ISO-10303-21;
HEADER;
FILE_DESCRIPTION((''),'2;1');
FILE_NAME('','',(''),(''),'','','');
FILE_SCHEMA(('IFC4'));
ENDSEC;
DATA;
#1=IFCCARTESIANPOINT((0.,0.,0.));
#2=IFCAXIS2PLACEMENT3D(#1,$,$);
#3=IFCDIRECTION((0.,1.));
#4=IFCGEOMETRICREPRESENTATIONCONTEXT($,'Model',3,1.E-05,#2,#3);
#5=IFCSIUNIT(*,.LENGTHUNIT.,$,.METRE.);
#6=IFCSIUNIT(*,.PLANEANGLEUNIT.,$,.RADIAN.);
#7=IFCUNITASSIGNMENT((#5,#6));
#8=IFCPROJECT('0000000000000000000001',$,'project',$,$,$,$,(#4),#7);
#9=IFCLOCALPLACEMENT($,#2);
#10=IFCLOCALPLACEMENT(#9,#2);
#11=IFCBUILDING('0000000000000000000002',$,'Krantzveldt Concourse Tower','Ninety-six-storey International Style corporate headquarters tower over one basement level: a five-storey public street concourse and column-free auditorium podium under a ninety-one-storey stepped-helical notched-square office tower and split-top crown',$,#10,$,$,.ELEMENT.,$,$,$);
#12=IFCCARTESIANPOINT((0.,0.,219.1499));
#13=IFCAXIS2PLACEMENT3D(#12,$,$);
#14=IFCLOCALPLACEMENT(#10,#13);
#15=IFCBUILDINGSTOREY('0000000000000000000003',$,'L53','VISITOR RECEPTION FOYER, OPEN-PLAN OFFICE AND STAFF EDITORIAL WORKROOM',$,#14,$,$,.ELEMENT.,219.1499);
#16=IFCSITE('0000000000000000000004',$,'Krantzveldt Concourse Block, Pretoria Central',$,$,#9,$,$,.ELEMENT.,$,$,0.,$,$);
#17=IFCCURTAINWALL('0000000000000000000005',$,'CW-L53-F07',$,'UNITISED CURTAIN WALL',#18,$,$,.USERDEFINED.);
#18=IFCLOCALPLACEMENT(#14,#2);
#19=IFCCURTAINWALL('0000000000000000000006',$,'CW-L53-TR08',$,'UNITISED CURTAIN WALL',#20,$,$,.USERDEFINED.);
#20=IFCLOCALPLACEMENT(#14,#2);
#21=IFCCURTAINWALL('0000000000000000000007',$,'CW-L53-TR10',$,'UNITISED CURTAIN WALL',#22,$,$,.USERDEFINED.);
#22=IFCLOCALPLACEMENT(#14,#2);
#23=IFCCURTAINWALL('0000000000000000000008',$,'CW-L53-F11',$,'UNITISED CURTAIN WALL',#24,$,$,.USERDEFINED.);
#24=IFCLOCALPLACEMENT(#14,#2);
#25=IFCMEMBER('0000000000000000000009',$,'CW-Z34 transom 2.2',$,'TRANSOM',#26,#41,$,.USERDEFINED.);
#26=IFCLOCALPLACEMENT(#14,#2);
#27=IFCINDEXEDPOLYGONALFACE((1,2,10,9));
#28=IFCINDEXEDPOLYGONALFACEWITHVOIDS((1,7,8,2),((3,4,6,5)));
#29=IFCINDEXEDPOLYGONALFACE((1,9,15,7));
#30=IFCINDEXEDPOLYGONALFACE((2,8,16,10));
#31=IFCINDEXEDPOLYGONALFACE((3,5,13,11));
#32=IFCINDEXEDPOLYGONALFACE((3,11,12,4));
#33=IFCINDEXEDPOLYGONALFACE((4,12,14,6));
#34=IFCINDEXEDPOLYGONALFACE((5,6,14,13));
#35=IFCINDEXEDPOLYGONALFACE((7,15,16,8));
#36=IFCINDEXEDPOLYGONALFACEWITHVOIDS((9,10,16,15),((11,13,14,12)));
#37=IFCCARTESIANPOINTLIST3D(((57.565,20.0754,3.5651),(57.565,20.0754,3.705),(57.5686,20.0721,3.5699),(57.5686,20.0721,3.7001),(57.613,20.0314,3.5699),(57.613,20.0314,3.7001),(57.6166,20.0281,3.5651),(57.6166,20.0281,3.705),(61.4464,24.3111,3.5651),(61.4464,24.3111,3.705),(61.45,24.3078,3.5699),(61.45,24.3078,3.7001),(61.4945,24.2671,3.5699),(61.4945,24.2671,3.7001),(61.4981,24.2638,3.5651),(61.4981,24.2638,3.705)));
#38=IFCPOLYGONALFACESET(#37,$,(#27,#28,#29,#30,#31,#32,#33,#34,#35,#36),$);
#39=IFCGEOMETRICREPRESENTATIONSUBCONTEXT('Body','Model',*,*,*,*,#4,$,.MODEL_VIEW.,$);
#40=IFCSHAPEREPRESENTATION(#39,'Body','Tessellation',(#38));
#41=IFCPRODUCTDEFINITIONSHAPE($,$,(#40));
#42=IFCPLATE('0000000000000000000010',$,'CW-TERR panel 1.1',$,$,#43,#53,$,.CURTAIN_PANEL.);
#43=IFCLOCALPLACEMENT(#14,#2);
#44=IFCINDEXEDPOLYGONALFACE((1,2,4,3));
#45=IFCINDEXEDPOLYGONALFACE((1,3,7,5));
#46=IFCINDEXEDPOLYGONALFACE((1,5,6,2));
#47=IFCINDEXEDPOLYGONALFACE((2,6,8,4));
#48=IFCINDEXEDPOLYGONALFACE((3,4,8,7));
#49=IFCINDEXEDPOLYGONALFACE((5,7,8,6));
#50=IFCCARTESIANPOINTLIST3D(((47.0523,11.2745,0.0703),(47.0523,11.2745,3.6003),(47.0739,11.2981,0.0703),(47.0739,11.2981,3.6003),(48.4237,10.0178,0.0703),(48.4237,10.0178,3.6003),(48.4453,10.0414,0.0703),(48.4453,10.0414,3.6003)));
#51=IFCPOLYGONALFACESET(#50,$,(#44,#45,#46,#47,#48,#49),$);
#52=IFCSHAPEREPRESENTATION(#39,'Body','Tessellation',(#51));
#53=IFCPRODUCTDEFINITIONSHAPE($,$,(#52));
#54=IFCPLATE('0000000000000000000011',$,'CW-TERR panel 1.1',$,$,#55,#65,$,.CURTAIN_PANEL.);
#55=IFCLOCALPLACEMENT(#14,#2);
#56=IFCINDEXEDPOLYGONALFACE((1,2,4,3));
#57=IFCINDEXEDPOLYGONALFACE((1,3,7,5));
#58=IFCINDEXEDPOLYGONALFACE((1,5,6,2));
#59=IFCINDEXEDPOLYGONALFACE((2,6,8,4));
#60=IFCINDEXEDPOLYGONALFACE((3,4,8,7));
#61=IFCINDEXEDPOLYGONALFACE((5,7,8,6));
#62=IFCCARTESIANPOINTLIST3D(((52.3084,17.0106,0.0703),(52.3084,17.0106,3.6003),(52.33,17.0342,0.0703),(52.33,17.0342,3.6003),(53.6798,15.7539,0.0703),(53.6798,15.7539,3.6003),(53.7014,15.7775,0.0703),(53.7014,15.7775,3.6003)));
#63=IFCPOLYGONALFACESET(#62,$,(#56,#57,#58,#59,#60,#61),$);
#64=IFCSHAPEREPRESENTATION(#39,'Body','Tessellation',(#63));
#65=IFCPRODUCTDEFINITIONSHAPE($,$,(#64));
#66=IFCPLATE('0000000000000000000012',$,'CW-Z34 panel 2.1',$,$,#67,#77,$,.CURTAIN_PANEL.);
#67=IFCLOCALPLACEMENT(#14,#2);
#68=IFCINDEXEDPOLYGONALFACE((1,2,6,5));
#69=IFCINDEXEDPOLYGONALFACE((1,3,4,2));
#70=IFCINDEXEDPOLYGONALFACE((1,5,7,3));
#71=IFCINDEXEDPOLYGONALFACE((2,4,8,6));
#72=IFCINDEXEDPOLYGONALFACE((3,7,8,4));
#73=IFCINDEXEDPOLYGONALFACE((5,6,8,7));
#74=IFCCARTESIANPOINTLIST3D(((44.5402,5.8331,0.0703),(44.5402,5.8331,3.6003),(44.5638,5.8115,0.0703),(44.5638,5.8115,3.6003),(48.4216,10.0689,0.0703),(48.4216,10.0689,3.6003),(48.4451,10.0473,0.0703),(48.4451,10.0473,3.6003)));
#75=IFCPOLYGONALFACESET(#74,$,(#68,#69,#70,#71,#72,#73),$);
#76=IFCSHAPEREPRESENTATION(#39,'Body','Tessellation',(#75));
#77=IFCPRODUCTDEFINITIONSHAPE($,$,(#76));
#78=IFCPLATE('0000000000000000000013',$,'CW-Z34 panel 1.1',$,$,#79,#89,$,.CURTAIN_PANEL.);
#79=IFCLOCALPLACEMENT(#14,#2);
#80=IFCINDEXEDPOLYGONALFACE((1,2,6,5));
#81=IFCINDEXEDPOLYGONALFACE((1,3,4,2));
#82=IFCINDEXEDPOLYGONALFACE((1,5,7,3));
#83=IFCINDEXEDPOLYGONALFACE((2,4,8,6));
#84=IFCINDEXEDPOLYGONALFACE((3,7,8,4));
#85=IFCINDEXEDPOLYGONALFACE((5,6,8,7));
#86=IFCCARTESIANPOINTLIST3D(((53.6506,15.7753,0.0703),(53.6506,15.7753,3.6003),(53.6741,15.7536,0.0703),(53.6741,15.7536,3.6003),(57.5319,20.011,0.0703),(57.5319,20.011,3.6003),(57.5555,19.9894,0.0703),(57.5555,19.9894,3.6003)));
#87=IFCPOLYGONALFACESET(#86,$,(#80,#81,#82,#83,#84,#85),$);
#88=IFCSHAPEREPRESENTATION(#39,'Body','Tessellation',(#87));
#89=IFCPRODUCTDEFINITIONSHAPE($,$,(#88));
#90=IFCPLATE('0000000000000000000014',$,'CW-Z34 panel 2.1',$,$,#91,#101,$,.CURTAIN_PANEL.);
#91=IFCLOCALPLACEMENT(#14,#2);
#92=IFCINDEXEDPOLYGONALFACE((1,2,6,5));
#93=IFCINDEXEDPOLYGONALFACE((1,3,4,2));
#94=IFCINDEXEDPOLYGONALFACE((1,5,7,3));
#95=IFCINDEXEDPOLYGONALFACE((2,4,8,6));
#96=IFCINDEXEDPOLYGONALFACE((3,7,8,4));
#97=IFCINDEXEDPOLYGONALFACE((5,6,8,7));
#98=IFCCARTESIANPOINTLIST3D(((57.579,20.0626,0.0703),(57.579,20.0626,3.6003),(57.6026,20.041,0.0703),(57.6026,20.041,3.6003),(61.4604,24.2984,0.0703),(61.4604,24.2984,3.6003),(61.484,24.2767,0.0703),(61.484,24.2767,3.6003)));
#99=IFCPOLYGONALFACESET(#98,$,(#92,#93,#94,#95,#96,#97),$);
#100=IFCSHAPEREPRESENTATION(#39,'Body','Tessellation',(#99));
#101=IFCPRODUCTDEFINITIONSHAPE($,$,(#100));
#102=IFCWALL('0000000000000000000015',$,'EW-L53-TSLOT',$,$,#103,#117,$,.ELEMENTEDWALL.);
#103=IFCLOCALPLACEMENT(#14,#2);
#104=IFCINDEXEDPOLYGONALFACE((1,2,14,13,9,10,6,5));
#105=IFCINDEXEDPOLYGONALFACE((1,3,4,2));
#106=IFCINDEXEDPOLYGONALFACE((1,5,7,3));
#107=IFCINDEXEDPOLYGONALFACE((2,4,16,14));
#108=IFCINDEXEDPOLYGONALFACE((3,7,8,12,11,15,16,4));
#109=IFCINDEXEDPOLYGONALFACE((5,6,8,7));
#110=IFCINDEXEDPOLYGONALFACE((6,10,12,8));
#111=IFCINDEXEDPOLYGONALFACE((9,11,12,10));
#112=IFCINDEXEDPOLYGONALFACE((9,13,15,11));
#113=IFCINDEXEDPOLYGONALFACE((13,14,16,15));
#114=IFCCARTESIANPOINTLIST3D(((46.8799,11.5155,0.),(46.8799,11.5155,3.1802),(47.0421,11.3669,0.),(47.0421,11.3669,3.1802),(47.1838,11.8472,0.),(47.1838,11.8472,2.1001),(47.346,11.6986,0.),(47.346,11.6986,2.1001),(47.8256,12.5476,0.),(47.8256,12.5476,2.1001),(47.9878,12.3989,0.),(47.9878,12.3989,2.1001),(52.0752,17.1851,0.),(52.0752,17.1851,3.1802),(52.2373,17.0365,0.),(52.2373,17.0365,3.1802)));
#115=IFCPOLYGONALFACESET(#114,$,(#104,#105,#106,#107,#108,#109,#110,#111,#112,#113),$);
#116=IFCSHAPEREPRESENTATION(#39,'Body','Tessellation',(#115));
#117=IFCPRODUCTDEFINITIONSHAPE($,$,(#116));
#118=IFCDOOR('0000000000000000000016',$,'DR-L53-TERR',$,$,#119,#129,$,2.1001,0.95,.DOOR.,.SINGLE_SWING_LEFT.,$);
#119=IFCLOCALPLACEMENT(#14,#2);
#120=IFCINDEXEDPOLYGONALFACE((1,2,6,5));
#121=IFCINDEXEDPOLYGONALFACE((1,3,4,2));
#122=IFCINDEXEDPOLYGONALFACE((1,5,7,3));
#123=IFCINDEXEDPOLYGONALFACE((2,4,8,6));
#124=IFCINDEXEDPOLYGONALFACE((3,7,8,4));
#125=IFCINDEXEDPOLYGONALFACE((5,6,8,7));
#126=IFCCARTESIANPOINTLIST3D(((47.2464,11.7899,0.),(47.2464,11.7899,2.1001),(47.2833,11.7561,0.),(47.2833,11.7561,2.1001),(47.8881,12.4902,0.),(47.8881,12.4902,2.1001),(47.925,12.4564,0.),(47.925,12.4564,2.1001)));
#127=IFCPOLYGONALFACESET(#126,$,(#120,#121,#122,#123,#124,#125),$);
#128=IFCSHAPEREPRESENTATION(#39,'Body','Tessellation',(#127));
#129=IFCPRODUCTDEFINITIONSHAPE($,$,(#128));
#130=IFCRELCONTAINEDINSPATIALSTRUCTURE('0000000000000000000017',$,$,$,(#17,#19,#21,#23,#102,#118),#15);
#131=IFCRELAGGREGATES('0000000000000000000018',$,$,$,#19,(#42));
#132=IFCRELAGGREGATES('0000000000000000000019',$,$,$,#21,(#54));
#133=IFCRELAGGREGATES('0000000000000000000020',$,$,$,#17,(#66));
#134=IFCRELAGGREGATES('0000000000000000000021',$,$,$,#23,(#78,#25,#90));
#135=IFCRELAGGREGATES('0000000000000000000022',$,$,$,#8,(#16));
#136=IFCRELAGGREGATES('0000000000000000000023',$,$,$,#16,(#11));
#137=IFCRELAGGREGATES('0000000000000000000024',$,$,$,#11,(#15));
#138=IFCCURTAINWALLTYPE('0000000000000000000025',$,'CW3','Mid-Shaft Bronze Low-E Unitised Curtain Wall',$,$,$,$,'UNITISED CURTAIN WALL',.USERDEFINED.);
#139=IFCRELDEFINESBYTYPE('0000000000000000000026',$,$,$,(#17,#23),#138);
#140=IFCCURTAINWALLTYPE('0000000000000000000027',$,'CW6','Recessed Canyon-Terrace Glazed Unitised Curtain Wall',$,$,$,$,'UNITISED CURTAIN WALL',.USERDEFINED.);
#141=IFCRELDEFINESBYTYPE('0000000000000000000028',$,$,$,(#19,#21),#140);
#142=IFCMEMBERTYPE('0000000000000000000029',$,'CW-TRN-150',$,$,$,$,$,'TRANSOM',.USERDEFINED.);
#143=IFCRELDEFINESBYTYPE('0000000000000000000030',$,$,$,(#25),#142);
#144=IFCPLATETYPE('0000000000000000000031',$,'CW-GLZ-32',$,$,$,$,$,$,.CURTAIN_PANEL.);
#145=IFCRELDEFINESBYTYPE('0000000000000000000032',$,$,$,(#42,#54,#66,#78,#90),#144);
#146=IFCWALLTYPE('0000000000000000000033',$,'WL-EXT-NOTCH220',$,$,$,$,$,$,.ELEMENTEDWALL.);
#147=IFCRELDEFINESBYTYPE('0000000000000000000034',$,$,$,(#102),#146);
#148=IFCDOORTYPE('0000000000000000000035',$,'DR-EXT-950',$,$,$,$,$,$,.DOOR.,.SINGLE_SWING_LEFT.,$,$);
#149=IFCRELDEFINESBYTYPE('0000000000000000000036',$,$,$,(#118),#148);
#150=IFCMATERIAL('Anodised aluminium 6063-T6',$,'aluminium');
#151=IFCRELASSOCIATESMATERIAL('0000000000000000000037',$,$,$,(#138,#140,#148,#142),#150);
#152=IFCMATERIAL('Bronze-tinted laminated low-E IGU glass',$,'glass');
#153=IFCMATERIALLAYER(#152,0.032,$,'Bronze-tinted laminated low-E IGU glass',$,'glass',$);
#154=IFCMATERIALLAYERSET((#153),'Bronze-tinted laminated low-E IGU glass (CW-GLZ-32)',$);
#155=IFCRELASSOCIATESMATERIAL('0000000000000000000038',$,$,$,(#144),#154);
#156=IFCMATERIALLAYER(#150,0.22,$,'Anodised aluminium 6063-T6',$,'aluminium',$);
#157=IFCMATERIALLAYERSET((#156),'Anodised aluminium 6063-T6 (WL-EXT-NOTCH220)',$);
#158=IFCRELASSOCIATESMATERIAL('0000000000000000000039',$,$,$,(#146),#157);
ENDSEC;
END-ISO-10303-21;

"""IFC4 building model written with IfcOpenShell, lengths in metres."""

from ifc_helpers import new_model, si_unit, direction, frame, frame_2d, origin, origin_2d, place, context, subcontext, project, spatial, rectangle, hollow_rectangle, extrude, source, transform, mapped, material, layer, layer_set, material_profile, profile_set, type_object, type_shapes, element, fill, aggregate, save


model = new_model("IFC4")

# Units and contexts
model_context = context("Model", 3, precision=1e-05, world=origin(), true_north=direction((0.0, 1.0)))
body_context = subcontext(model_context, "Body", "Model", "MODEL_VIEW")
ifc_project = project(units=[si_unit("LENGTHUNIT", "METRE"), si_unit("PLANEANGLEUNIT", "RADIAN")], contexts=[model_context])

# Site, building, storey
site_placement = place(None, origin())
site = spatial("IfcSite", under=ifc_project, at=site_placement, Name="Krantzveldt Concourse Block, Pretoria Central", CompositionType="ELEMENT", RefElevation=0.0)
building_placement = place(site_placement, origin())
building = spatial("IfcBuilding", under=site, at=building_placement, Name="Krantzveldt Concourse Tower", Description="Ninety-six-storey International Style corporate headquarters tower over one basement level: a five-storey public street concourse and column-free auditorium podium under a ninety-one-storey stepped-helical notched-square office tower and split-top crown", CompositionType="ELEMENT")
storey_placement = place(building_placement, frame((0.0, 0.0, 219.1499)))
storey = spatial("IfcBuildingStorey", under=building, at=storey_placement, Name="L53", Description="VISITOR RECEPTION FOYER, OPEN-PLAN OFFICE AND STAFF EDITORIAL WORKROOM", CompositionType="ELEMENT", Elevation=219.1499)

# Curtain wall
ifc_material_1 = material(Name="Anodised aluminium 6063-T6", Category="aluminium")
curtain_wall_type_1 = type_object("IfcCurtainWallType", Name="CW3", Description="Mid-Shaft Bronze Low-E Unitised Curtain Wall", ElementType="UNITISED CURTAIN WALL", PredefinedType="USERDEFINED", material=ifc_material_1)
curtain_wall_1_placement = place(storey_placement, origin())
curtain_wall_1 = element("IfcCurtainWall", 1, at=curtain_wall_1_placement, inside=storey, type_object=curtain_wall_type_1, Name="CW-L53-F07", ObjectType="UNITISED CURTAIN WALL", PredefinedType="USERDEFINED")

# Curtain walls
curtain_wall_type_2 = type_object("IfcCurtainWallType", Name="CW6", Description="Recessed Canyon-Terrace Glazed Unitised Curtain Wall", ElementType="UNITISED CURTAIN WALL", PredefinedType="USERDEFINED", material=ifc_material_1)
curtain_wall_2_placement = place(storey_placement, origin())
curtain_wall_2 = element("IfcCurtainWall", 2, at=curtain_wall_2_placement, inside=storey, type_object=curtain_wall_type_2, Name="CW-L53-TR08", ObjectType="UNITISED CURTAIN WALL", PredefinedType="USERDEFINED")
curtain_wall_3_placement = place(storey_placement, origin())
curtain_wall_3 = element("IfcCurtainWall", 3, at=curtain_wall_3_placement, inside=storey, type_object=curtain_wall_type_2, Name="CW-L53-TR10", ObjectType="UNITISED CURTAIN WALL", PredefinedType="USERDEFINED")
curtain_wall_4_placement = place(storey_placement, origin())
curtain_wall_4 = element("IfcCurtainWall", 4, at=curtain_wall_4_placement, inside=storey, type_object=curtain_wall_type_1, Name="CW-L53-F11", ObjectType="UNITISED CURTAIN WALL", PredefinedType="USERDEFINED")

# Member
ifc_material_profile_1 = material_profile(ifc_material_1, hollow_rectangle(XDim=0.0701, YDim=0.1399, WallThickness=0.0049, at=origin_2d()), Name="Anodised aluminium 6063-T6", Category="aluminium")
ifc_profile_set_1 = profile_set([ifc_material_profile_1], Name="Anodised aluminium 6063-T6 - ALU-TRAN 140x70x5")
member_type_1 = type_object("IfcMemberType", Name="CW-TRN-150", ElementType="TRANSOM", PredefinedType="USERDEFINED", material=ifc_profile_set_1)
shared_shape_1 = source(origin(), body_context, "Body", "SweptSolid", [
    extrude(hollow_rectangle(XDim=0.0701, YDim=0.1399, WallThickness=0.0049, at=origin_2d()), origin(), (0.0, 0.0, 1.0), 5.7451),
])
member_1_placement = place(storey_placement, frame((57.5908, 20.0518, 3.635), z_axis=(0.675603, 0.737265, 0.0), x_axis=(-0.737265, 0.675603, 0.0)))
member_1 = element("IfcMember", 5, at=member_1_placement, type_object=member_type_1, Name="CW-Z34 transom 2.2", ObjectType="TRANSOM", PredefinedType="USERDEFINED", context=body_context, shape_type="MappedRepresentation", body=[
    mapped(shared_shape_1, transform((0.0, 0.0, 0.0), x_axis=(1.0, 0.0, 0.0), y_axis=(0.0, 1.0, 0.0), z_axis=(0.0, 0.0, 1.0), scale=1.0)),
])

# Plates
ifc_material_2 = material(Name="Bronze-tinted laminated low-E IGU glass", Category="glass")
ifc_layer_1 = layer(ifc_material_2, 0.032, Name="Bronze-tinted laminated low-E IGU glass", Category="glass")
ifc_layer_set_1 = layer_set([ifc_layer_1], Name="Bronze-tinted laminated low-E IGU glass (CW-GLZ-32)")
plate_type = type_object("IfcPlateType", Name="CW-GLZ-32", PredefinedType="CURTAIN_PANEL", material=ifc_layer_set_1)
shared_shape_2 = source(origin(), body_context, "Body", "SweptSolid", [
    extrude(rectangle(XDim=1.8601, YDim=0.032, at=origin_2d()), origin(), (0.0, 0.0, 1.0), 3.53),
])
plate_1_placement = place(storey_placement, frame((47.7488, 10.658, 0.0703), z_axis=(0.0, 0.0, 1.0), x_axis=(-0.737276, 0.675591, 0.0)))
plate_1 = element("IfcPlate", 6, at=plate_1_placement, type_object=plate_type, Name="CW-TERR panel 1.1", PredefinedType="CURTAIN_PANEL", context=body_context, shape_type="MappedRepresentation", body=[
    mapped(shared_shape_2, transform((0.0, 0.0, 0.0), x_axis=(1.0, 0.0, 0.0), y_axis=(0.0, 1.0, 0.0), z_axis=(0.0, 0.0, 1.0), scale=1.0)),
])
aggregate(curtain_wall_2, [plate_1])
plate_2_placement = place(storey_placement, frame((53.0049, 16.394, 0.0703), z_axis=(0.0, 0.0, 1.0), x_axis=(0.737276, -0.675591, 0.0)))
plate_2 = element("IfcPlate", 7, at=plate_2_placement, type_object=plate_type, Name="CW-TERR panel 1.1", PredefinedType="CURTAIN_PANEL", context=body_context, shape_type="MappedRepresentation", body=[
    mapped(shared_shape_2, transform((0.0, 0.0, 0.0), x_axis=(1.0, 0.0, 0.0), y_axis=(0.0, 1.0, 0.0), z_axis=(0.0, 0.0, 1.0), scale=1.0)),
])
aggregate(curtain_wall_3, [plate_2])
shared_shape_3 = source(origin(), body_context, "Body", "SweptSolid", [
    extrude(rectangle(XDim=5.7451, YDim=0.032, at=origin_2d()), origin(), (0.0, 0.0, 1.0), 3.53),
])
type_shapes(plate_type, [shared_shape_2, shared_shape_3])
plate_3_placement = place(storey_placement, frame((46.4927, 7.9402, 0.0703), z_axis=(0.0, 0.0, 1.0), x_axis=(0.67559, 0.737278, 0.0)))
plate_3 = element("IfcPlate", 8, at=plate_3_placement, type_object=plate_type, Name="CW-Z34 panel 2.1", PredefinedType="CURTAIN_PANEL", context=body_context, shape_type="MappedRepresentation", body=[
    mapped(shared_shape_3, transform((0.0, 0.0, 0.0), x_axis=(1.0, 0.0, 0.0), y_axis=(0.0, 1.0, 0.0), z_axis=(0.0, 0.0, 1.0), scale=1.0)),
])
aggregate(curtain_wall_1, [plate_3])
plate_4_placement = place(storey_placement, frame((55.603, 17.8823, 0.0703), z_axis=(0.0, 0.0, 1.0), x_axis=(0.67559, 0.737278, 0.0)))
plate_4 = element("IfcPlate", 9, at=plate_4_placement, type_object=plate_type, Name="CW-Z34 panel 1.1", PredefinedType="CURTAIN_PANEL", context=body_context, shape_type="MappedRepresentation", body=[
    mapped(shared_shape_3, transform((0.0, 0.0, 0.0), x_axis=(1.0, 0.0, 0.0), y_axis=(0.0, 1.0, 0.0), z_axis=(0.0, 0.0, 1.0), scale=1.0)),
])
plate_5_placement = place(storey_placement, frame((59.5315, 22.1697, 0.0703), z_axis=(0.0, 0.0, 1.0), x_axis=(0.67559, 0.737278, 0.0)))
plate_5 = element("IfcPlate", 10, at=plate_5_placement, type_object=plate_type, Name="CW-Z34 panel 2.1", PredefinedType="CURTAIN_PANEL", context=body_context, shape_type="MappedRepresentation", body=[
    mapped(shared_shape_3, transform((0.0, 0.0, 0.0), x_axis=(1.0, 0.0, 0.0), y_axis=(0.0, 1.0, 0.0), z_axis=(0.0, 0.0, 1.0), scale=1.0)),
])
aggregate(curtain_wall_4, [plate_4, member_1, plate_5])

# Wall, opening, door
ifc_layer_2 = layer(ifc_material_1, 0.22, Name="Anodised aluminium 6063-T6", Category="aluminium")
ifc_layer_set_2 = layer_set([ifc_layer_2], Name="Anodised aluminium 6063-T6 (WL-EXT-NOTCH220)")
wall_type = type_object("IfcWallType", Name="WL-EXT-NOTCH220", PredefinedType="ELEMENTEDWALL", material=ifc_layer_set_2)
wall_placement = place(storey_placement, frame((52.1562, 17.1108, 0.0), z_axis=(0.0, 0.0, 1.0), x_axis=(-0.675591, -0.737277, 0.0)))
wall = element("IfcWall", 11, at=wall_placement, inside=storey, type_object=wall_type, Name="EW-L53-TSLOT", PredefinedType="ELEMENTEDWALL", context=body_context, shape_type="SweptSolid", body=[
    extrude(rectangle(XDim=7.6899, YDim=0.22, at=frame_2d((3.845, 0.0))), origin(), (0.0, 0.0, 1.0), 3.1802),
])
opening_placement = place(wall_placement, frame((6.29, 0.0, 0.0)))
opening = element("IfcOpeningElement", 12, at=opening_placement, cuts=wall, PredefinedType="OPENING", context=body_context, shape_type="SweptSolid", body=[
    extrude(rectangle(XDim=0.95, YDim=2.1001, at=frame_2d((0.4751, 1.05))), frame((0.0, 0.1201, 0.0), z_axis=(0.0, -1.0, 0.0), x_axis=(1.0, 0.0, 0.0)), (0.0, 0.0, 1.0), 0.24),
])
door_type = type_object("IfcDoorType", Name="DR-EXT-950", OperationType="SINGLE_SWING_LEFT", PredefinedType="DOOR", material=ifc_material_1)
door_placement = place(opening_placement, origin())
door = element("IfcDoor", 13, at=door_placement, inside=storey, type_object=door_type, Name="DR-L53-TERR", OperationType="SINGLE_SWING_LEFT", OverallHeight=2.1001, OverallWidth=0.95, PredefinedType="DOOR", context=body_context, shape_type="SweptSolid", body=[
    extrude(rectangle(XDim=0.95, YDim=2.1001, at=frame_2d((0.4751, 1.05))), frame((0.0, 0.0249, 0.0), z_axis=(0.0, -1.0, 0.0), x_axis=(1.0, 0.0, 0.0)), (0.0, 0.0, 1.0), 0.05),
])
fill(opening, door)

save(model, "model.ifc")
